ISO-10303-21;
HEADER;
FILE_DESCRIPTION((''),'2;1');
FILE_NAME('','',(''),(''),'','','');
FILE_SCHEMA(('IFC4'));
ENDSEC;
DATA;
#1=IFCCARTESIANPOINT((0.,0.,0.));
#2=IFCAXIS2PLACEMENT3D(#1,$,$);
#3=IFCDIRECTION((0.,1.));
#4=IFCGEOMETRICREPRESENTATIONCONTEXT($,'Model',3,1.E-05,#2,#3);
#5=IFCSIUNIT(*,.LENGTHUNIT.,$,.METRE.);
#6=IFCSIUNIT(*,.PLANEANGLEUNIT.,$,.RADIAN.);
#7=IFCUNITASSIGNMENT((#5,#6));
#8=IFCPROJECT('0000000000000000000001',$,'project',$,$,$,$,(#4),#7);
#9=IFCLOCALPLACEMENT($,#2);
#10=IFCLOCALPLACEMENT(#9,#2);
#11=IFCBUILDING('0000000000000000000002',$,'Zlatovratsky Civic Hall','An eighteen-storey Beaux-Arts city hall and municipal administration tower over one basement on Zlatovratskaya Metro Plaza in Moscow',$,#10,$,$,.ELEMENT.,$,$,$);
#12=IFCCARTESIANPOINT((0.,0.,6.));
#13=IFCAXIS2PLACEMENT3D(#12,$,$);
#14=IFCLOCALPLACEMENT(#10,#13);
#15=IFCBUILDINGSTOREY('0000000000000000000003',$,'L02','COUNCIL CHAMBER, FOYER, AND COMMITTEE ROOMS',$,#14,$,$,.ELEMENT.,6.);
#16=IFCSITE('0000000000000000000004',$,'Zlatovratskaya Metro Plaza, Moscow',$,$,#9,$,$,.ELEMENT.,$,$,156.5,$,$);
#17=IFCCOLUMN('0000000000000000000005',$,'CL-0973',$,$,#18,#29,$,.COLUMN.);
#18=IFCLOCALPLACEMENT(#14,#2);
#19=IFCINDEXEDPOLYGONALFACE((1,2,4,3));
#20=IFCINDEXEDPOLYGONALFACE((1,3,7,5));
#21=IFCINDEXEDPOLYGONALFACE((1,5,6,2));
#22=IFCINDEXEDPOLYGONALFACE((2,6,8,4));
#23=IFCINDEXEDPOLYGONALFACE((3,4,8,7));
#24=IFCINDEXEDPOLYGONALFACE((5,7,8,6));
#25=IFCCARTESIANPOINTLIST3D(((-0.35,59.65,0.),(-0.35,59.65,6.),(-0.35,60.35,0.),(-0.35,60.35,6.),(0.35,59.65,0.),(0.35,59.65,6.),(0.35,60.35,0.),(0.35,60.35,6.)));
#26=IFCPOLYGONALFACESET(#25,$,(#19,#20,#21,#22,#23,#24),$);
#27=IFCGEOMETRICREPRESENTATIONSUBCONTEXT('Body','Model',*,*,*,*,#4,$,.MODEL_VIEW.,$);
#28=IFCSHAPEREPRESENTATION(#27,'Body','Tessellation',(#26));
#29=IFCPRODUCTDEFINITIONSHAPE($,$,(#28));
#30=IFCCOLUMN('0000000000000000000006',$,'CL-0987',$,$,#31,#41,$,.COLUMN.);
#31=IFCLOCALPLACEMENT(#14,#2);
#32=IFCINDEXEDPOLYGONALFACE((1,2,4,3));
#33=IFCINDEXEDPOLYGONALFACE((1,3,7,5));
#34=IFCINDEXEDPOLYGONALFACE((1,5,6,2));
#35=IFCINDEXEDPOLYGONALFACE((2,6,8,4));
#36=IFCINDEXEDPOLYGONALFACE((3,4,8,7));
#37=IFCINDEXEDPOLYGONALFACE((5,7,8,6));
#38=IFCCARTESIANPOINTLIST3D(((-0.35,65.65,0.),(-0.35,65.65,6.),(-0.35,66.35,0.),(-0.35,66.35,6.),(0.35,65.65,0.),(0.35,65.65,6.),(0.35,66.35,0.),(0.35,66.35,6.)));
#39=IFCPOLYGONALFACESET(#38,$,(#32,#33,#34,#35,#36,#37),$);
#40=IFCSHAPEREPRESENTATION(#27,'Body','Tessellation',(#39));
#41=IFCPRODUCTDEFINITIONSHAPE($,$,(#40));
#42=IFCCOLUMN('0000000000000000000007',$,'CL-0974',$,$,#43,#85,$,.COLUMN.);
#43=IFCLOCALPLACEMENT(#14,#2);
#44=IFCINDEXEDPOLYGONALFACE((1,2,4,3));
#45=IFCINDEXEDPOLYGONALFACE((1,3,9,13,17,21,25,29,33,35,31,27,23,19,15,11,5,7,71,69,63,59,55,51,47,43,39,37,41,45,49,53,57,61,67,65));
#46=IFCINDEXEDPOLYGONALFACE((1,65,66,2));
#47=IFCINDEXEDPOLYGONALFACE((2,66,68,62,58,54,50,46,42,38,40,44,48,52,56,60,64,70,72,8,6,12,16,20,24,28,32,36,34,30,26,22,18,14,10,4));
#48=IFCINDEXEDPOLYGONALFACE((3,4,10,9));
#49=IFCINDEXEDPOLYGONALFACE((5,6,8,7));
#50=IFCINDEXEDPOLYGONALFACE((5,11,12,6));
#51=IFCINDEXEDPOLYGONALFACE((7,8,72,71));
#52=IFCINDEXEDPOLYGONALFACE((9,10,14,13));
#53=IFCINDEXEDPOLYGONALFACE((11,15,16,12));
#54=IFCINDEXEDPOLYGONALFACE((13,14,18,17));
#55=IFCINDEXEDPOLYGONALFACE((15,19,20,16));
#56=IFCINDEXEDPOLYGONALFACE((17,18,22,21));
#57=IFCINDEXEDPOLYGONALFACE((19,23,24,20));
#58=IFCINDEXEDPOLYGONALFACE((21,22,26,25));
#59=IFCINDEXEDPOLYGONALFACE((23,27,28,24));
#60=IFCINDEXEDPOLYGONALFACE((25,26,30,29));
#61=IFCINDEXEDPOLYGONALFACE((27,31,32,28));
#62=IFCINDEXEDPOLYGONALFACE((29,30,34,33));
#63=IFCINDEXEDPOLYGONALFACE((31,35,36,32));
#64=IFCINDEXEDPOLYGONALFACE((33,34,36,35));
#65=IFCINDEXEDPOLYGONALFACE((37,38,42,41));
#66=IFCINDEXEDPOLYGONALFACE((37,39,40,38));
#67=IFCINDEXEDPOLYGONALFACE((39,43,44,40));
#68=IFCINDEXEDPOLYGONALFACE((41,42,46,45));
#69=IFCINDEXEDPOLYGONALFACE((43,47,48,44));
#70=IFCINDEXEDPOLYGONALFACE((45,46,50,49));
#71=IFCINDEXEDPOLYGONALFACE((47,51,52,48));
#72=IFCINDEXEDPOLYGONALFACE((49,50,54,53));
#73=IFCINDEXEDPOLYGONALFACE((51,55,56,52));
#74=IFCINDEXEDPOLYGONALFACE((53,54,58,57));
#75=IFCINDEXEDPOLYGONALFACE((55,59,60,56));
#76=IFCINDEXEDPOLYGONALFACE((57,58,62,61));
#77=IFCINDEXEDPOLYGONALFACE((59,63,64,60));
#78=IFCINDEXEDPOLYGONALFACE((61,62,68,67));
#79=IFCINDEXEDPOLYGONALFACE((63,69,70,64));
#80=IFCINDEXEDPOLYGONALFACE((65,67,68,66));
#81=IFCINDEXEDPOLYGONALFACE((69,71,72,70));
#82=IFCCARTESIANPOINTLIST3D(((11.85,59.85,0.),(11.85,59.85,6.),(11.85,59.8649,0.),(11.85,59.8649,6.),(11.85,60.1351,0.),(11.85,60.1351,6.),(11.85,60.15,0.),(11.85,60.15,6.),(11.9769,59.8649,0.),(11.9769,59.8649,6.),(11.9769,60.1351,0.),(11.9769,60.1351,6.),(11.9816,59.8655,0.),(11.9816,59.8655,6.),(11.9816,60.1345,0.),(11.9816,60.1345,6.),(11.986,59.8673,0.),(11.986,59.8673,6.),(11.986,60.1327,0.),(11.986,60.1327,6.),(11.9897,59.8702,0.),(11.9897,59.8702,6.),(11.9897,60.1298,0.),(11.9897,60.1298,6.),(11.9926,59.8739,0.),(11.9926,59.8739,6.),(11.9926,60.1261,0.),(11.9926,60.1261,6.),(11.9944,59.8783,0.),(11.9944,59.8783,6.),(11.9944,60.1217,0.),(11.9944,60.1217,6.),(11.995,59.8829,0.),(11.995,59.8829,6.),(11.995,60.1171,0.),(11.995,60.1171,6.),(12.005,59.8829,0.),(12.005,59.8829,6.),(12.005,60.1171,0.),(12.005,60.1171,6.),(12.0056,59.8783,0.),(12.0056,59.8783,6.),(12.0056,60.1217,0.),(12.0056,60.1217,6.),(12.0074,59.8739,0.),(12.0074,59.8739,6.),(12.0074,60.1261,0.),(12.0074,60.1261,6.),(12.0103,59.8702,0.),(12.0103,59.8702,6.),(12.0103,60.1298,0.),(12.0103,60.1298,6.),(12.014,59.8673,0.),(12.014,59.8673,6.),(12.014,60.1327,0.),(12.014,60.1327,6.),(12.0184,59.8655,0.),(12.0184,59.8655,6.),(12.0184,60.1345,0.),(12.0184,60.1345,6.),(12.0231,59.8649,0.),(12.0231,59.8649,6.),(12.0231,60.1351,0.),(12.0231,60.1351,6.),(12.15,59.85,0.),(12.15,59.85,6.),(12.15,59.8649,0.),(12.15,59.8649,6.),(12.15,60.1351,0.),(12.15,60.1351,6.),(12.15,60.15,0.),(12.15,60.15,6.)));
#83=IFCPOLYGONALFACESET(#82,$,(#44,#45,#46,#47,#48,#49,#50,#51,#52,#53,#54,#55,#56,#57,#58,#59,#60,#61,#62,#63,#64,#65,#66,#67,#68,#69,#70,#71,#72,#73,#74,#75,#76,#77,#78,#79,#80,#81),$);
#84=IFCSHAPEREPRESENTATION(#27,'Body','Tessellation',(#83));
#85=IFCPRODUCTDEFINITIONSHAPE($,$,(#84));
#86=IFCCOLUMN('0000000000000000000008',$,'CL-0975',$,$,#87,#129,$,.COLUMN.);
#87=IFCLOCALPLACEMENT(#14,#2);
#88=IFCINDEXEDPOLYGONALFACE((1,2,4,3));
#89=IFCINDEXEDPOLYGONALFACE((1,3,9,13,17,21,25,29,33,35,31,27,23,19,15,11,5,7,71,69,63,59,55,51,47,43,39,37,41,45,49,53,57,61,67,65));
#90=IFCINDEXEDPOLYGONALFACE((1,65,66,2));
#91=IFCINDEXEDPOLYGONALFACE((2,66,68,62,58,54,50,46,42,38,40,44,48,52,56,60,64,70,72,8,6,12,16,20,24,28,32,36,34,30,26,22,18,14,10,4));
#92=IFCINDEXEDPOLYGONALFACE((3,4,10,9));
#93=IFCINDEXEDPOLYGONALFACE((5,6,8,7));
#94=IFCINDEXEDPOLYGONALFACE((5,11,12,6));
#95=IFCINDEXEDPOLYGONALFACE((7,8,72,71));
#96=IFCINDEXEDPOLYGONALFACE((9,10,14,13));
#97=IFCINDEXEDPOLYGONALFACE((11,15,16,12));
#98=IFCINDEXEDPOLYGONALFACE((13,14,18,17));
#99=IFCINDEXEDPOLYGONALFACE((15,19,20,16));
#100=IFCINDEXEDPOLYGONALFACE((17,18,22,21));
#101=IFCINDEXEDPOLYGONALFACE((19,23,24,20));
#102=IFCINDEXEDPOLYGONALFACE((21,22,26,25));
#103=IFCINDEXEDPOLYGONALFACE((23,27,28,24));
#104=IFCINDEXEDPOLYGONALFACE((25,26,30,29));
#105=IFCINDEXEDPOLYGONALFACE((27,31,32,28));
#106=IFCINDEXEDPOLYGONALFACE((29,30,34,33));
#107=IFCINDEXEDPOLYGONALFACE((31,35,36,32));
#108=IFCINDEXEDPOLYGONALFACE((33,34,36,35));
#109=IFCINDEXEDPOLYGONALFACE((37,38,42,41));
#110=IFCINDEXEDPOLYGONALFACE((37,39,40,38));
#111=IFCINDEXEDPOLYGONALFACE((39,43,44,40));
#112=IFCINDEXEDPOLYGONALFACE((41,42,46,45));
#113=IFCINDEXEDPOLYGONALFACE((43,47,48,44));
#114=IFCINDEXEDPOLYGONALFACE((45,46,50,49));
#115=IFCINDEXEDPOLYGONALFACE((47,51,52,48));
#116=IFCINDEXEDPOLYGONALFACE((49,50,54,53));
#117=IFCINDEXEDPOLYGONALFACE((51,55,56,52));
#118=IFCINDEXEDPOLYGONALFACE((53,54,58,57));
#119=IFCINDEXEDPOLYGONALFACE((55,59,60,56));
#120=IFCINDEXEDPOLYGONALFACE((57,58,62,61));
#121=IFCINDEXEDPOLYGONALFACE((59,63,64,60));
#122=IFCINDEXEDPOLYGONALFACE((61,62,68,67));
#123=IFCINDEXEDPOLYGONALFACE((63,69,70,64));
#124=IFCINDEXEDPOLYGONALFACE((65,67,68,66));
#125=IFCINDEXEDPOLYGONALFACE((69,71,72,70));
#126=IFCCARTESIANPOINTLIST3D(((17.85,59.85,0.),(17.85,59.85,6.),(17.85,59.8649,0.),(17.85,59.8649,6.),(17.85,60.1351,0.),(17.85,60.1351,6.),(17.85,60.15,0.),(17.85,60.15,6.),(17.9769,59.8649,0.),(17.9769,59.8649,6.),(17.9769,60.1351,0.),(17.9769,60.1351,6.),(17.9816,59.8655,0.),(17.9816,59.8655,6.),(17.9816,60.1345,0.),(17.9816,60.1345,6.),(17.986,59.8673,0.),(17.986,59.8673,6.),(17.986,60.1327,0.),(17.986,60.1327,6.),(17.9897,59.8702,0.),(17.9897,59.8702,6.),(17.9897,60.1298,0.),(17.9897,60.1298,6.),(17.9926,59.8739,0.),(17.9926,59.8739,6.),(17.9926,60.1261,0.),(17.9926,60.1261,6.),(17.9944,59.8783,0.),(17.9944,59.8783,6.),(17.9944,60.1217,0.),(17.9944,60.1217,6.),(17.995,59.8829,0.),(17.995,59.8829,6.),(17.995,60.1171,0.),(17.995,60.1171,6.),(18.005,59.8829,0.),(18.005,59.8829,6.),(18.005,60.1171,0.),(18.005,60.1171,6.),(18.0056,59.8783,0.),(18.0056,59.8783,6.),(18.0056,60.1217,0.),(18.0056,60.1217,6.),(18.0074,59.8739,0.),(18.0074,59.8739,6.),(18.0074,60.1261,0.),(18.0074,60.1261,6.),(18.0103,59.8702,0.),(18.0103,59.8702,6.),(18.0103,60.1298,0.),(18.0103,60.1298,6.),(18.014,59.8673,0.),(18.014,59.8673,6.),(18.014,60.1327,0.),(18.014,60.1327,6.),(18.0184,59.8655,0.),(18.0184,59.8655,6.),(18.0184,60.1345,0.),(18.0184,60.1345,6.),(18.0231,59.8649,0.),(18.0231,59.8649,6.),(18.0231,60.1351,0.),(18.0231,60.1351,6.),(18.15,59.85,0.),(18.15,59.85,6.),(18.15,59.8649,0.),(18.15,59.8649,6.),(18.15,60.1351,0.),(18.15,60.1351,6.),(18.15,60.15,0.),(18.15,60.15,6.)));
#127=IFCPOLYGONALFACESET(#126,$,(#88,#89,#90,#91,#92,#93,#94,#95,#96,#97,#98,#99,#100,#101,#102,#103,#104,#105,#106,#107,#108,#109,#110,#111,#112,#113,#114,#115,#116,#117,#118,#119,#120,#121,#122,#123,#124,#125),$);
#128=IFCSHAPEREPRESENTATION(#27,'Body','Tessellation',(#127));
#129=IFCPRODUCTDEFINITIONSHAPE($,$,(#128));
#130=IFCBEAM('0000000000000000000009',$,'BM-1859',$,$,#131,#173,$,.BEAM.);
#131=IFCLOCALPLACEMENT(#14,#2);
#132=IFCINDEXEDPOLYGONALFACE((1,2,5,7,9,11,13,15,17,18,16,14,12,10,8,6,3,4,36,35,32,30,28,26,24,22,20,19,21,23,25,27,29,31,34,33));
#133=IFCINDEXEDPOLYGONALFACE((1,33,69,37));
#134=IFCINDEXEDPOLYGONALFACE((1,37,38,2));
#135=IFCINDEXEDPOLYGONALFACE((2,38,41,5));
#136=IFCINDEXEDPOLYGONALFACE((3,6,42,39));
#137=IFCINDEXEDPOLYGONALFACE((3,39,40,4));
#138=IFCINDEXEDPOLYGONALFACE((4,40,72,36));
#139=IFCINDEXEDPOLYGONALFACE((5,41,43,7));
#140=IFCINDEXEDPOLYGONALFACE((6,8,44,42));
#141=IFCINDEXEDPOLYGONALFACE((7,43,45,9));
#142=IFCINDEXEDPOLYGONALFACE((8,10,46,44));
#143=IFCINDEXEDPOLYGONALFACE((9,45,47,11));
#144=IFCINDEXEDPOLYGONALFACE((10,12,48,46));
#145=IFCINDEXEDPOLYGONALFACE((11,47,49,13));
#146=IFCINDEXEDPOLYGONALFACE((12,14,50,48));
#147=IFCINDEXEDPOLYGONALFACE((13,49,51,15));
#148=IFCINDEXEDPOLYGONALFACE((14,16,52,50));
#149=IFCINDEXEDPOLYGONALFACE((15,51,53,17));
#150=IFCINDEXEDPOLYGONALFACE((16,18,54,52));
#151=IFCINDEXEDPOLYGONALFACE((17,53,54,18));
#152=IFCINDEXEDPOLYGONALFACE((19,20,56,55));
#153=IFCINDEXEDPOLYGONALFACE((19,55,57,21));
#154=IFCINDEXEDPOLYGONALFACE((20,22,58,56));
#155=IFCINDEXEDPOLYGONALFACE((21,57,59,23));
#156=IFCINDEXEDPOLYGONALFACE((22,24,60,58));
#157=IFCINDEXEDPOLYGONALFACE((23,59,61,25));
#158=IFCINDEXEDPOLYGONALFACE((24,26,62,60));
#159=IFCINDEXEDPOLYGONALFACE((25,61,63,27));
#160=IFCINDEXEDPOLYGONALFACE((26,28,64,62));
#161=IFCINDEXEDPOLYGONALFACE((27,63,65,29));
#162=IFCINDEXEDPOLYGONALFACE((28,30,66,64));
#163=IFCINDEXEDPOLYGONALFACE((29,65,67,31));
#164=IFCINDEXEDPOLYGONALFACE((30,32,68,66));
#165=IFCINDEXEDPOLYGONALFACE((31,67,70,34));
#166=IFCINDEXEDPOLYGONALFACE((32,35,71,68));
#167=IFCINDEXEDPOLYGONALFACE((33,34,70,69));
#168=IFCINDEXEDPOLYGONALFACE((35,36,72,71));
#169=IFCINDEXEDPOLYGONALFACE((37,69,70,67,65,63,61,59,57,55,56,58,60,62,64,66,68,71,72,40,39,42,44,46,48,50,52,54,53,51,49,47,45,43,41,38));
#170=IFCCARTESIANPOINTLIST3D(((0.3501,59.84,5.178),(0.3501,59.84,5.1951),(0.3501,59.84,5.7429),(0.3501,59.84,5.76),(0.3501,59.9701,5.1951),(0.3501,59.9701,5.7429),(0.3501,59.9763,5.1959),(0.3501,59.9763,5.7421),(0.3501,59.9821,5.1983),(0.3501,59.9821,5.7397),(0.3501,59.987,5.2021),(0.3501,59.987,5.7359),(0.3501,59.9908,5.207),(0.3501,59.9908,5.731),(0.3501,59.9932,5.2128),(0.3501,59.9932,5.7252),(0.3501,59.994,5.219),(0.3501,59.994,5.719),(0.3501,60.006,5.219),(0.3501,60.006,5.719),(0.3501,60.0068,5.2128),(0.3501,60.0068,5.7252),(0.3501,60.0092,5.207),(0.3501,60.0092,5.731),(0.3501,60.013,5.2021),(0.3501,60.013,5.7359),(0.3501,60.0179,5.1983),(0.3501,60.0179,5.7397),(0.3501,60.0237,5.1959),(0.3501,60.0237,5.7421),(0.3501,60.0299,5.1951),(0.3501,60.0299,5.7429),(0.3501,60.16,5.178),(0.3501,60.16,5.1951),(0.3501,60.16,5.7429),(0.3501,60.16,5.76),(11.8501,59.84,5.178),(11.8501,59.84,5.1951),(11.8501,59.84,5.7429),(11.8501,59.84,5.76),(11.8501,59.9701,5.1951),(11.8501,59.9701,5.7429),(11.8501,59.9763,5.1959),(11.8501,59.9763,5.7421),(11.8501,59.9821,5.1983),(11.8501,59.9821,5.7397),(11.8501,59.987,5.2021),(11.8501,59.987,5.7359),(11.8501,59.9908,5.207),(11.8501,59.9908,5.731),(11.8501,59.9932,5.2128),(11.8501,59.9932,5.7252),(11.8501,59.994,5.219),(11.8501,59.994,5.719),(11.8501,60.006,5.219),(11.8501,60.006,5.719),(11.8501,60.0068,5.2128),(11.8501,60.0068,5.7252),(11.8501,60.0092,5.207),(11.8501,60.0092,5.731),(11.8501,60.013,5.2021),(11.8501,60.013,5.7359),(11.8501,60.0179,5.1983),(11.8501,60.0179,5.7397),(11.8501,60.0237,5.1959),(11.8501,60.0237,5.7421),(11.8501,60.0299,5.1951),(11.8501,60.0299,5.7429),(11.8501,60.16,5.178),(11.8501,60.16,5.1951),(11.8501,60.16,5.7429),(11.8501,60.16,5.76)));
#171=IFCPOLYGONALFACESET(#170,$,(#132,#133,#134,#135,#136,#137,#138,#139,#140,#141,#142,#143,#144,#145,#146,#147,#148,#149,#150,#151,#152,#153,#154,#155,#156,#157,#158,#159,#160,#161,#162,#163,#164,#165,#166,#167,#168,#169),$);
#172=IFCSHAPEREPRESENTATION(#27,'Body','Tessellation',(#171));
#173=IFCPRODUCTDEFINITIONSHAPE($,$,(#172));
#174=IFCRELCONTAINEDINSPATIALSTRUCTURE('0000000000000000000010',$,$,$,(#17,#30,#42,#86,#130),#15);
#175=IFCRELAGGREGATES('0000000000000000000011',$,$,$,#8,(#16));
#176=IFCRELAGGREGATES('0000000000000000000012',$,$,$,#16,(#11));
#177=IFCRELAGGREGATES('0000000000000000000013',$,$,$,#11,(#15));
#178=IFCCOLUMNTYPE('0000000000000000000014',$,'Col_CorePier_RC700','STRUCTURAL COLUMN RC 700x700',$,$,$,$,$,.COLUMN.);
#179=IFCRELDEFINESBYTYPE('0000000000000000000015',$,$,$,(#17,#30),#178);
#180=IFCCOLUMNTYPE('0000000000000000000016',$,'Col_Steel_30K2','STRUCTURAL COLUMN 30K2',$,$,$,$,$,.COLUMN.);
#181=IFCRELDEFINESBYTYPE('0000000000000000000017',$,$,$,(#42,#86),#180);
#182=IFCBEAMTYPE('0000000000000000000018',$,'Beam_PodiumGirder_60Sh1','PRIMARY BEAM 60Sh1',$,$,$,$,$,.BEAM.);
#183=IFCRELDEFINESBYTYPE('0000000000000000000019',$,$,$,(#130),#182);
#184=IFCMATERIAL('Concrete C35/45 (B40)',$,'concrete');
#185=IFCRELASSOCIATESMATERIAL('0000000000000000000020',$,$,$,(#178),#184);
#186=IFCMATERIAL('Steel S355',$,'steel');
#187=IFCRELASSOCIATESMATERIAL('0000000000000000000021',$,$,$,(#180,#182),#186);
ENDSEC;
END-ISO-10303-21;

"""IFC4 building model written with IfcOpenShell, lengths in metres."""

from ifc_helpers import new_model, si_unit, direction, frame, origin, origin_2d, place, context, subcontext, project, spatial, rectangle, i_section, extrude, material, material_profile, profile_set, type_object, element, save


model = new_model("IFC4")

# Units and contexts
model_context = context("Model", 3, precision=1e-05, world=origin(), true_north=direction((0.0, 1.0)))
body_context = subcontext(model_context, "Body", "Model", "MODEL_VIEW")
ifc_project = project(units=[si_unit("LENGTHUNIT", "METRE"), si_unit("PLANEANGLEUNIT", "RADIAN")], contexts=[model_context])

# Site, building, storey
site_placement = place(None, origin())
site = spatial("IfcSite", under=ifc_project, at=site_placement, Name="Zlatovratskaya Metro Plaza, Moscow", CompositionType="ELEMENT", RefElevation=156.5)
building_placement = place(site_placement, origin())
building = spatial("IfcBuilding", under=site, at=building_placement, Name="Zlatovratsky Civic Hall", Description="An eighteen-storey Beaux-Arts city hall and municipal administration tower over one basement on Zlatovratskaya Metro Plaza in Moscow", CompositionType="ELEMENT")
storey_placement = place(building_placement, frame((0.0, 0.0, 6.0)))
storey = spatial("IfcBuildingStorey", under=building, at=storey_placement, Name="L02", Description="COUNCIL CHAMBER, FOYER, AND COMMITTEE ROOMS", CompositionType="ELEMENT", Elevation=6.0)

# Columns
ifc_material_1 = material(Name="Concrete C35/45 (B40)", Category="concrete")
ifc_material_profile_1 = material_profile(ifc_material_1, rectangle(XDim=0.7, YDim=0.7, at=origin_2d()), Name="RC 700x700")
ifc_profile_set_1 = profile_set([ifc_material_profile_1], Name="Concrete C35/45 (B40)")
column_type_1 = type_object("IfcColumnType", Name="Col_CorePier_RC700", Description="STRUCTURAL COLUMN RC 700x700", PredefinedType="COLUMN", material=ifc_profile_set_1)
for number, where, z_axis, x_axis, name in (
    (1, (0.0, 60.0, 0.0), (0.0, 0.0, 1.0), (1.0, 0.0, 0.0), "CL-0973"),
    (2, (0.0, 66.0, 0.0), (0.0, 0.0, 1.0), (1.0, 0.0, 0.0), "CL-0987"),
):
    element("IfcColumn", number, at=place(storey_placement, frame(where, z_axis=z_axis, x_axis=x_axis)), inside=storey, type_object=column_type_1, Name=name, PredefinedType="COLUMN", context=body_context, shape_type="SweptSolid", body=[
        extrude(rectangle(XDim=0.7, YDim=0.7, at=origin_2d()), origin(), (0.0, 0.0, 1.0), 6.0),
    ])
ifc_material_2 = material(Name="Steel S355", Category="steel")
ifc_material_profile_2 = material_profile(ifc_material_2, i_section(OverallWidth=0.3, OverallDepth=0.3, WebThickness=0.01, FlangeThickness=0.0149, FilletRadius=0.0181, at=origin_2d()), Name="30K2")
ifc_profile_set_2 = profile_set([ifc_material_profile_2], Name="Steel S355")
column_type_2 = type_object("IfcColumnType", Name="Col_Steel_30K2", Description="STRUCTURAL COLUMN 30K2", PredefinedType="COLUMN", material=ifc_profile_set_2)
for number, where, z_axis, x_axis, name in (
    (3, (12.0, 60.0, 0.0), (0.0, 0.0, 1.0), (1.0, 0.0, 0.0), "CL-0974"),
    (4, (18.0, 60.0, 0.0), (0.0, 0.0, 1.0), (1.0, 0.0, 0.0), "CL-0975"),
):
    element("IfcColumn", number, at=place(storey_placement, frame(where, z_axis=z_axis, x_axis=x_axis)), inside=storey, type_object=column_type_2, Name=name, PredefinedType="COLUMN", context=body_context, shape_type="SweptSolid", body=[
        extrude(i_section(OverallWidth=0.3, OverallDepth=0.3, WebThickness=0.01, FlangeThickness=0.0149, FilletRadius=0.0181, at=origin_2d()), origin(), (0.0, 0.0, 1.0), 6.0),
    ])

# Beam
ifc_material_profile_3 = material_profile(ifc_material_2, i_section(OverallWidth=0.3201, OverallDepth=0.582, WebThickness=0.012, FlangeThickness=0.0171, FilletRadius=0.0239, at=origin_2d()), Name="60Sh1")
ifc_profile_set_3 = profile_set([ifc_material_profile_3], Name="Steel S355")
beam_type_1 = type_object("IfcBeamType", Name="Beam_PodiumGirder_60Sh1", Description="PRIMARY BEAM 60Sh1", PredefinedType="BEAM", material=ifc_profile_set_3)
for number, where, z_axis, x_axis, name in (
    (5, (0.3501, 60.0, 5.469), (1.0, 0.0, 0.0), (0.0, 1.0, 0.0), "BM-1859"),
):
    element("IfcBeam", number, at=place(storey_placement, frame(where, z_axis=z_axis, x_axis=x_axis)), inside=storey, type_object=beam_type_1, Name=name, PredefinedType="BEAM", context=body_context, shape_type="SweptSolid", body=[
        extrude(i_section(OverallWidth=0.3201, OverallDepth=0.582, WebThickness=0.012, FlangeThickness=0.0171, FilletRadius=0.0239, at=origin_2d()), origin(), (0.0, 0.0, 1.0), 11.5),
    ])

save(model, "model.ifc")
